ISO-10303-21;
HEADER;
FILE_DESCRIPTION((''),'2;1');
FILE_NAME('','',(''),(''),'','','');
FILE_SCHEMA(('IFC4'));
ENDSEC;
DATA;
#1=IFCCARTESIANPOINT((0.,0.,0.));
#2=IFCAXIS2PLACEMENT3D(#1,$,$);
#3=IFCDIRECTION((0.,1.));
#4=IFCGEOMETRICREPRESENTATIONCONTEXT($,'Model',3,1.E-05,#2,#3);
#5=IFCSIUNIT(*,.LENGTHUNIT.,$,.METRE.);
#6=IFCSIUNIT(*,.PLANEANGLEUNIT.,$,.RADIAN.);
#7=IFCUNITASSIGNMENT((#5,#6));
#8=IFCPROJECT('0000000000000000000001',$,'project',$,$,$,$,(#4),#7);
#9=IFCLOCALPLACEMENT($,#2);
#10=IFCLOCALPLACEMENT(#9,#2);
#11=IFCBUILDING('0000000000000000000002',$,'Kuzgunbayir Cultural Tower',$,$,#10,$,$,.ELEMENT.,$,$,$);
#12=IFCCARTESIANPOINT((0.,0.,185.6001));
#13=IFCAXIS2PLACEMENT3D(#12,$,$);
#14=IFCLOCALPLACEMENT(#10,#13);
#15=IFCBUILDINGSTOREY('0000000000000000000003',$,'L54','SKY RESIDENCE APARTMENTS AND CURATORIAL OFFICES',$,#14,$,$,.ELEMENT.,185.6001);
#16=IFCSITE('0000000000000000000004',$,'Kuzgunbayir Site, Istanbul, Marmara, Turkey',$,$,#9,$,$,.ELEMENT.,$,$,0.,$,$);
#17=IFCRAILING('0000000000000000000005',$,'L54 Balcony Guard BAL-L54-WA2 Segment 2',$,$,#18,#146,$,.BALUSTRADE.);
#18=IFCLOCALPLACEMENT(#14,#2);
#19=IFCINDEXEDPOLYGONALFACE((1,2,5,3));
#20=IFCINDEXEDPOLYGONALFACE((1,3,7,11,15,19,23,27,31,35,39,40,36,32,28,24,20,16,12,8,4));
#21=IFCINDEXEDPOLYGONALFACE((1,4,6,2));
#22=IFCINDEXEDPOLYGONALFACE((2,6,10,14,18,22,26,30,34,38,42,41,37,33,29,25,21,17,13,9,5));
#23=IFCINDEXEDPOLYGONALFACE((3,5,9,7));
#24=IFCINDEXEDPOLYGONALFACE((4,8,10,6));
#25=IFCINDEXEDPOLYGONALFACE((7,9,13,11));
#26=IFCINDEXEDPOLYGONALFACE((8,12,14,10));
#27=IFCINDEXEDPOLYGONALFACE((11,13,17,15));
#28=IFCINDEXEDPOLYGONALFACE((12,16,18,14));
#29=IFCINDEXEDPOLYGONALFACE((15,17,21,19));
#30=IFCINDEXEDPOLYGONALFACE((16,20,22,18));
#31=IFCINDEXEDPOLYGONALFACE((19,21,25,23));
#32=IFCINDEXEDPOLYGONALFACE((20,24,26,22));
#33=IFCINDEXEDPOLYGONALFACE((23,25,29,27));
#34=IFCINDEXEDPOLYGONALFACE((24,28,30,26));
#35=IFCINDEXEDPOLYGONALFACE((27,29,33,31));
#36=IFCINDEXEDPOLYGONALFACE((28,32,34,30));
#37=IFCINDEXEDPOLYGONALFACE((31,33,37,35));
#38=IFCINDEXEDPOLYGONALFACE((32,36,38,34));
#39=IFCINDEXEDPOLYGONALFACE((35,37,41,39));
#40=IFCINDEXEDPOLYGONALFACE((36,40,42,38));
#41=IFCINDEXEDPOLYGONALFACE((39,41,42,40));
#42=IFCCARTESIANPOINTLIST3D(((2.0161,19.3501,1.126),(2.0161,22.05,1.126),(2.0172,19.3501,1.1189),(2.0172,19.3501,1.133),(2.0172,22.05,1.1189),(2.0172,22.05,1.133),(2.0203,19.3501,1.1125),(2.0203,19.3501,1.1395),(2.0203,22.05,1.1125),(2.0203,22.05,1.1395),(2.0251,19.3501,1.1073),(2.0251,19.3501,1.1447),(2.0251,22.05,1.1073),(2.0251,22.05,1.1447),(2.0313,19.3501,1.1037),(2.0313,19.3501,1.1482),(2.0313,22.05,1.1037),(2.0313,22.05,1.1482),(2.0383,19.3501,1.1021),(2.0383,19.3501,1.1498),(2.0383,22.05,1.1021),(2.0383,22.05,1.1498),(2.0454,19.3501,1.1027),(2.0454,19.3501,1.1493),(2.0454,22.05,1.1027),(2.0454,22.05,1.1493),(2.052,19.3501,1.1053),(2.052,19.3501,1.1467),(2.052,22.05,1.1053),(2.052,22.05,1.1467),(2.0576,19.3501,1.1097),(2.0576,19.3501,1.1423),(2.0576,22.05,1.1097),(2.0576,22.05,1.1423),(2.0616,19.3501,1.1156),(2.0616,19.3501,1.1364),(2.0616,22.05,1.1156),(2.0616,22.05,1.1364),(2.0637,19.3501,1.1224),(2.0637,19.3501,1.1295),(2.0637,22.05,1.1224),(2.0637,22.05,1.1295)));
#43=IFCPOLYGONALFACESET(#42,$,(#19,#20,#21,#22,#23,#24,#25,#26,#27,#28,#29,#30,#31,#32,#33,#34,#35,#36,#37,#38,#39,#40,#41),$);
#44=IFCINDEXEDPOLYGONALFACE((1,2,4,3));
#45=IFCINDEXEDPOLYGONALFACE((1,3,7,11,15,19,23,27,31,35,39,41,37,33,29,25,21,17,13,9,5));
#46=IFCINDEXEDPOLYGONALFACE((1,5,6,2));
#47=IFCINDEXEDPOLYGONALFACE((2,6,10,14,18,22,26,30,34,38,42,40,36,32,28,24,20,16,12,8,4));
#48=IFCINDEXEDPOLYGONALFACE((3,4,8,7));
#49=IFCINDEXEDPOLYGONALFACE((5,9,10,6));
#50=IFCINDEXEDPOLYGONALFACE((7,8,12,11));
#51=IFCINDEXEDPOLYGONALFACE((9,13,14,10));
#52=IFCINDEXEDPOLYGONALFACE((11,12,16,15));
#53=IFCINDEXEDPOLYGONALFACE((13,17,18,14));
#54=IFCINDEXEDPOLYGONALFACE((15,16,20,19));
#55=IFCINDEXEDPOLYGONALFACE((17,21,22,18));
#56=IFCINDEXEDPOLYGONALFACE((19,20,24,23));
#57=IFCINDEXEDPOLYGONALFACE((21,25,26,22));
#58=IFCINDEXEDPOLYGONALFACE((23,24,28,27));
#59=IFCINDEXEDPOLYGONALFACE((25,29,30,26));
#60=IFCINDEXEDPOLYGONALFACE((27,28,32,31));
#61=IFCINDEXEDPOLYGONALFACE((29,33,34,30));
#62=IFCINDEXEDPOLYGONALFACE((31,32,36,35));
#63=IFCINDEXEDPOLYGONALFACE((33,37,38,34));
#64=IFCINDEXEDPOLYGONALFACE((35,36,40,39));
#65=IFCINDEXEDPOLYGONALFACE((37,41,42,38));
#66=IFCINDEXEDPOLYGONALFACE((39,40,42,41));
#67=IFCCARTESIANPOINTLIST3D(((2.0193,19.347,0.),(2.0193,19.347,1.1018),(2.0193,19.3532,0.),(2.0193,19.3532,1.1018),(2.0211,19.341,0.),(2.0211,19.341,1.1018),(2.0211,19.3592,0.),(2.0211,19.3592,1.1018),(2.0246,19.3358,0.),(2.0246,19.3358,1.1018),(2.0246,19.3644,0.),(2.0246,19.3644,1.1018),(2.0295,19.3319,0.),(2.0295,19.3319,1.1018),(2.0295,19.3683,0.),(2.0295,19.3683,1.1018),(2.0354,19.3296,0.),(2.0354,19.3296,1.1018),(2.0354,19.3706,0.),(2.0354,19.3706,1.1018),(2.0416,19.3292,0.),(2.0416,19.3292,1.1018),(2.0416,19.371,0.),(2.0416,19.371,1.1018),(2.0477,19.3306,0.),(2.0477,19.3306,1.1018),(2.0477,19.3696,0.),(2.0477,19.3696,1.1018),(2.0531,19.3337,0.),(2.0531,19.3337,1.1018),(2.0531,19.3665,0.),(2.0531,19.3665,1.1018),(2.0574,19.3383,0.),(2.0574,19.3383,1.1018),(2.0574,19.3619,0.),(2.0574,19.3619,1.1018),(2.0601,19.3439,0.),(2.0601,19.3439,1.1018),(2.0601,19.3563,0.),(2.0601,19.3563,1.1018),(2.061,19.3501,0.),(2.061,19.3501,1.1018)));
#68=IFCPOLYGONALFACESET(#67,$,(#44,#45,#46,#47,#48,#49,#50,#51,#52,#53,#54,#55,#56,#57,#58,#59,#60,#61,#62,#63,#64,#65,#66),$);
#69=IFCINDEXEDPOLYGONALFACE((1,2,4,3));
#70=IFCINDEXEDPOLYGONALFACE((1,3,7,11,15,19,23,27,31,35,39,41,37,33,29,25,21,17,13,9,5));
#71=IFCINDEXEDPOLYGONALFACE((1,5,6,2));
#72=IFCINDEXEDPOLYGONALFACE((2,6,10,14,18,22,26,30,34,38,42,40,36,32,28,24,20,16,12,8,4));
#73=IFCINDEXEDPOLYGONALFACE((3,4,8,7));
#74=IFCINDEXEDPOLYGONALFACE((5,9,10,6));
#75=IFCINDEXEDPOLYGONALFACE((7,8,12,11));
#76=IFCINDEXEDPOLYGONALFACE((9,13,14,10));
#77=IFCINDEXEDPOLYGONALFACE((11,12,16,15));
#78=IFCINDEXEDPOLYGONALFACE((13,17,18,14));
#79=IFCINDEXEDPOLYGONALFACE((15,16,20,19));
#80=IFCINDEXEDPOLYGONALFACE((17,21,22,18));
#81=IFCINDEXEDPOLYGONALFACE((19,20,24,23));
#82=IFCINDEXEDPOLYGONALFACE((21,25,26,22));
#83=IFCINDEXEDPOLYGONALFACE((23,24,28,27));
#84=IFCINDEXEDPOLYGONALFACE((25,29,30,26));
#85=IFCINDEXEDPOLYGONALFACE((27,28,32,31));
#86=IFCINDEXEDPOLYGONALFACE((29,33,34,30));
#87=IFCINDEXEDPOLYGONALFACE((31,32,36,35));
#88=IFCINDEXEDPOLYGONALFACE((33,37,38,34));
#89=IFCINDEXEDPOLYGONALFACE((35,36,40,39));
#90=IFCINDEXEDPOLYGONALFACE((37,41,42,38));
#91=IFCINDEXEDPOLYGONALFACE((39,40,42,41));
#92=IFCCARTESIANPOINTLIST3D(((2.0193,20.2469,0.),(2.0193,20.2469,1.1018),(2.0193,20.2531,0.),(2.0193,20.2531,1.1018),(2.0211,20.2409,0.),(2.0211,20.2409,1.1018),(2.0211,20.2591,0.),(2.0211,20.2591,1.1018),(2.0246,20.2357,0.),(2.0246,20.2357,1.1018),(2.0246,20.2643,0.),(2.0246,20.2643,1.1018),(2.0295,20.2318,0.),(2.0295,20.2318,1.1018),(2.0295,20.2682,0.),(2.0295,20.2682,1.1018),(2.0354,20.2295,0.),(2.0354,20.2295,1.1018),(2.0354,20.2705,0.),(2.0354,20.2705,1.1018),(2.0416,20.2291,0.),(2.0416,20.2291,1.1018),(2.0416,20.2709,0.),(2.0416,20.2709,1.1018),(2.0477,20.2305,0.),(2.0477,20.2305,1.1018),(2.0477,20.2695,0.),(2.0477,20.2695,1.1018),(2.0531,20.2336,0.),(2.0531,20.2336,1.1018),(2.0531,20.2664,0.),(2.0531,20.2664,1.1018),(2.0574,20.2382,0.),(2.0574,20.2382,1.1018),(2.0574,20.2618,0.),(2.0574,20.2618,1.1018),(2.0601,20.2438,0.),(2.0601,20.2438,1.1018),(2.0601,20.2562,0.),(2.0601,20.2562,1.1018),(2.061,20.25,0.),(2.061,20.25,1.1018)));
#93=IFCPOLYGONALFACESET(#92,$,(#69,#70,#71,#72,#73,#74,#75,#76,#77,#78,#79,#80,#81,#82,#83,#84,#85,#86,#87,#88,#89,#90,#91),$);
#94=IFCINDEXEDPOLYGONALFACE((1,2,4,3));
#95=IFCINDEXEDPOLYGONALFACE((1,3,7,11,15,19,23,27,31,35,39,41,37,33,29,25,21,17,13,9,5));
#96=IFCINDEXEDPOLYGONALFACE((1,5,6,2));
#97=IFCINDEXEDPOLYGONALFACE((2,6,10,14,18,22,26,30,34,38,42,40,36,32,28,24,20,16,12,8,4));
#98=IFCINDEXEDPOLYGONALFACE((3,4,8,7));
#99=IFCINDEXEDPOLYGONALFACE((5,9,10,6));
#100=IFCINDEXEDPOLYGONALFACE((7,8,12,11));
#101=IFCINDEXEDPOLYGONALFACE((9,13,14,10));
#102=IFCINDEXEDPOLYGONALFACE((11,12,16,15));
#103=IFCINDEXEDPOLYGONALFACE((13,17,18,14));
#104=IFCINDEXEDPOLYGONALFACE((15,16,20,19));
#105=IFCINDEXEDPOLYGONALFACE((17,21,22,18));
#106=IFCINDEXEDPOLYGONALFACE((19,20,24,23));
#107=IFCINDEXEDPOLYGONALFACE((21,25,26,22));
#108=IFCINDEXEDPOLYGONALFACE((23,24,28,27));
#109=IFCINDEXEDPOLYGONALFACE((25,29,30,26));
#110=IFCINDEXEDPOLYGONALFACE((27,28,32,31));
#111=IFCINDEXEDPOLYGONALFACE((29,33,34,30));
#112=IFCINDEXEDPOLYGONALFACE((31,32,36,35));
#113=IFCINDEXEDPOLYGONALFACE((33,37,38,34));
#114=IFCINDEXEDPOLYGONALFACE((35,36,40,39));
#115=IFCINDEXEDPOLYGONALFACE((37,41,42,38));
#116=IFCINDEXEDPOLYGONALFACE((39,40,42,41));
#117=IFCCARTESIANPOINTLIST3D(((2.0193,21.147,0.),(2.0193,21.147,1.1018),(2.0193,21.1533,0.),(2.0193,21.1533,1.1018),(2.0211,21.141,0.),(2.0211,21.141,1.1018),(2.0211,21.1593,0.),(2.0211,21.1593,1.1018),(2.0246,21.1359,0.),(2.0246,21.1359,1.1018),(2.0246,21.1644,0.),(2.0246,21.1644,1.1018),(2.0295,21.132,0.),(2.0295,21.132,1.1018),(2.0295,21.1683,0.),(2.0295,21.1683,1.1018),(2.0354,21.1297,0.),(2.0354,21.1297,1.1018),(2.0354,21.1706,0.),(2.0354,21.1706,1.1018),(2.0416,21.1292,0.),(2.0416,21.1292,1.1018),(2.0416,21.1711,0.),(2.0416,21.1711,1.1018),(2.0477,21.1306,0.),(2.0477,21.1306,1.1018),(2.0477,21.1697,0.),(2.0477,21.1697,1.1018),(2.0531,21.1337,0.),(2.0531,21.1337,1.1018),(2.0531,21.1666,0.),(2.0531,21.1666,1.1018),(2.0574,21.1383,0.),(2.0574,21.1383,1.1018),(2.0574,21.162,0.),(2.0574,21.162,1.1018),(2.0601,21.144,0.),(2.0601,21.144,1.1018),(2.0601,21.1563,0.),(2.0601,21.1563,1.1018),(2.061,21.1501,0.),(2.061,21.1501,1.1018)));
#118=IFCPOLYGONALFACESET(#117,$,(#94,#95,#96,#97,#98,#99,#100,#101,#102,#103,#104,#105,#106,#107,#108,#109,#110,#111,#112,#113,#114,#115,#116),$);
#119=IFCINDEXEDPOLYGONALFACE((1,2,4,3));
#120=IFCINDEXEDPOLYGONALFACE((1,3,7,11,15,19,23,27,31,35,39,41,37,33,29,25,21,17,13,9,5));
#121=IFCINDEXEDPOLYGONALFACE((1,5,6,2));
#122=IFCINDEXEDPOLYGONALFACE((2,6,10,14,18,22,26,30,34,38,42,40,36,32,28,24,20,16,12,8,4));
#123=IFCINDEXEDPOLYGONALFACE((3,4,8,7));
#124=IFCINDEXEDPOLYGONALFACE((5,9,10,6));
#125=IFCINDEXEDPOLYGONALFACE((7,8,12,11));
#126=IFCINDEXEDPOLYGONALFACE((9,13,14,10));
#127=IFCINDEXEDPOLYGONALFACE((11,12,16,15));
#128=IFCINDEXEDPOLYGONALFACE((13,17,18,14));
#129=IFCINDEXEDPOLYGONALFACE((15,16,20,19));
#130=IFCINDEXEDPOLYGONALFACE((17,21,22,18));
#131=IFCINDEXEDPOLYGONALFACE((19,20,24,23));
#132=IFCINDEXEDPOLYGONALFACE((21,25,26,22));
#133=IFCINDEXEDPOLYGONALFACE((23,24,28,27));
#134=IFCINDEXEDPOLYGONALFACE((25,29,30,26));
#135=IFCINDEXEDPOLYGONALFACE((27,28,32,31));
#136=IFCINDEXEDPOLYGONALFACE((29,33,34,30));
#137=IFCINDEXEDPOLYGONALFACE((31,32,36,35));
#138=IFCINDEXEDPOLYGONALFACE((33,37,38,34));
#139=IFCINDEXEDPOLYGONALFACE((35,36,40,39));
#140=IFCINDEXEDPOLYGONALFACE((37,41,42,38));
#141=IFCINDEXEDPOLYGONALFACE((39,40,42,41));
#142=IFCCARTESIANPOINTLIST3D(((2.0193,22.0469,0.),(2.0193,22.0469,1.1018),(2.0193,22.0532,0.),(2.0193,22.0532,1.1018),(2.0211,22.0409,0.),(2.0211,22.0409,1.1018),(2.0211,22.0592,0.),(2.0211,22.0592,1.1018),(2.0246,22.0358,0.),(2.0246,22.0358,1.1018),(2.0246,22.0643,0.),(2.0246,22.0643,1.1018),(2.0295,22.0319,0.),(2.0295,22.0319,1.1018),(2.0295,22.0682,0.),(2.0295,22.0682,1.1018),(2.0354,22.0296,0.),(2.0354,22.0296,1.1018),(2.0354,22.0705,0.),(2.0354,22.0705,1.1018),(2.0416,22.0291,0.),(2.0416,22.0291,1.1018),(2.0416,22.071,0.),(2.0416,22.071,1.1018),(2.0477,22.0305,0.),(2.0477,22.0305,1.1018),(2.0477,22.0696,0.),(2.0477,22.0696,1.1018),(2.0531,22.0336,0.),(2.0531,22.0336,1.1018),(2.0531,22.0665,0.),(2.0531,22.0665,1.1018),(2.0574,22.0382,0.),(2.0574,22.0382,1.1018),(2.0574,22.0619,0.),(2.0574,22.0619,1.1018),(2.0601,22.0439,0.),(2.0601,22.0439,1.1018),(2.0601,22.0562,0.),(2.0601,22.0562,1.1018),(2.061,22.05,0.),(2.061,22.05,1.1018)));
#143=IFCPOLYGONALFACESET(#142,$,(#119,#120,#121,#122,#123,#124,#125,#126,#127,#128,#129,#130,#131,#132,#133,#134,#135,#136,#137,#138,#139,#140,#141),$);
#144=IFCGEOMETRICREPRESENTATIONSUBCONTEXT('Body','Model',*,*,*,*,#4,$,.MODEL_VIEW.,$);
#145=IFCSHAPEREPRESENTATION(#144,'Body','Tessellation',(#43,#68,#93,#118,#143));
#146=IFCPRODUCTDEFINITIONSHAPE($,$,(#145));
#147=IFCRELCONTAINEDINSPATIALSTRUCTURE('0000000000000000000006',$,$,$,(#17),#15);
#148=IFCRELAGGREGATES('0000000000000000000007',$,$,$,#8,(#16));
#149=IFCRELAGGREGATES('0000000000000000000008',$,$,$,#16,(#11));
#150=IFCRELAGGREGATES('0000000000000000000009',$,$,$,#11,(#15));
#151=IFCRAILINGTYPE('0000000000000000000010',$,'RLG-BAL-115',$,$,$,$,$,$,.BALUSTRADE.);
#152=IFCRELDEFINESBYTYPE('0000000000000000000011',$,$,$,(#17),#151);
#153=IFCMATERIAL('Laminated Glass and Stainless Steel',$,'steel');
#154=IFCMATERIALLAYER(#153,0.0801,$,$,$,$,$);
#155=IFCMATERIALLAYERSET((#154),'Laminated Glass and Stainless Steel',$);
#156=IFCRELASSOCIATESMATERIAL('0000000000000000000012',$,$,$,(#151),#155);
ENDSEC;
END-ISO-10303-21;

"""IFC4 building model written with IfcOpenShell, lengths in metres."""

from ifc_helpers import new_model, si_unit, direction, frame, origin, origin_2d, place, context, subcontext, project, spatial, circle, extrude, material, layer, layer_set, type_object, element, save


model = new_model("IFC4")

# Units and contexts
model_context = context("Model", 3, precision=1e-05, world=origin(), true_north=direction((0.0, 1.0)))
body_context = subcontext(model_context, "Body", "Model", "MODEL_VIEW")
ifc_project = project(units=[si_unit("LENGTHUNIT", "METRE"), si_unit("PLANEANGLEUNIT", "RADIAN")], contexts=[model_context])

# Site, building, storey
site_placement = place(None, origin())
site = spatial("IfcSite", under=ifc_project, at=site_placement, Name="Kuzgunbayir Site, Istanbul, Marmara, Turkey", CompositionType="ELEMENT", RefElevation=0.0)
building_placement = place(site_placement, origin())
building = spatial("IfcBuilding", under=site, at=building_placement, Name="Kuzgunbayir Cultural Tower", CompositionType="ELEMENT")
storey_placement = place(building_placement, frame((0.0, 0.0, 185.6001)))
storey = spatial("IfcBuildingStorey", under=building, at=storey_placement, Name="L54", Description="SKY RESIDENCE APARTMENTS AND CURATORIAL OFFICES", CompositionType="ELEMENT", Elevation=185.6001)

# Railing
ifc_material_1 = material(Name="Laminated Glass and Stainless Steel", Category="steel")
ifc_layer_1 = layer(ifc_material_1, 0.0801)
ifc_layer_set_1 = layer_set([ifc_layer_1], Name="Laminated Glass and Stainless Steel")
railing_type = type_object("IfcRailingType", Name="RLG-BAL-115", PredefinedType="BALUSTRADE", material=ifc_layer_set_1)
railing_1_placement = place(storey_placement, frame((2.04, 19.3501, 0.0)))
element("IfcRailing", 1, at=railing_1_placement, inside=storey, type_object=railing_type, Name="L54 Balcony Guard BAL-L54-WA2 Segment 2", PredefinedType="BALUSTRADE", context=body_context, shape_type="SweptSolid", body=[
    extrude(circle(Radius=0.0239, at=origin_2d()), frame((0.0, 0.0, 1.126), z_axis=(0.0, 1.0, 0.0), x_axis=(-1.0, 0.0, 0.0)), (0.0, 0.0, 1.0), 2.7),
    extrude(circle(Radius=0.021, at=origin_2d()), origin(), (0.0, 0.0, 1.0), 1.1018),
    extrude(circle(Radius=0.021, at=origin_2d()), frame((0.0, 0.8999, 0.0)), (0.0, 0.0, 1.0), 1.1018),
    extrude(circle(Radius=0.021, at=origin_2d()), frame((0.0, 1.8, 0.0)), (0.0, 0.0, 1.0), 1.1018),
    extrude(circle(Radius=0.021, at=origin_2d()), frame((0.0, 2.7, 0.0)), (0.0, 0.0, 1.0), 1.1018),
])

save(model, "model.ifc")
